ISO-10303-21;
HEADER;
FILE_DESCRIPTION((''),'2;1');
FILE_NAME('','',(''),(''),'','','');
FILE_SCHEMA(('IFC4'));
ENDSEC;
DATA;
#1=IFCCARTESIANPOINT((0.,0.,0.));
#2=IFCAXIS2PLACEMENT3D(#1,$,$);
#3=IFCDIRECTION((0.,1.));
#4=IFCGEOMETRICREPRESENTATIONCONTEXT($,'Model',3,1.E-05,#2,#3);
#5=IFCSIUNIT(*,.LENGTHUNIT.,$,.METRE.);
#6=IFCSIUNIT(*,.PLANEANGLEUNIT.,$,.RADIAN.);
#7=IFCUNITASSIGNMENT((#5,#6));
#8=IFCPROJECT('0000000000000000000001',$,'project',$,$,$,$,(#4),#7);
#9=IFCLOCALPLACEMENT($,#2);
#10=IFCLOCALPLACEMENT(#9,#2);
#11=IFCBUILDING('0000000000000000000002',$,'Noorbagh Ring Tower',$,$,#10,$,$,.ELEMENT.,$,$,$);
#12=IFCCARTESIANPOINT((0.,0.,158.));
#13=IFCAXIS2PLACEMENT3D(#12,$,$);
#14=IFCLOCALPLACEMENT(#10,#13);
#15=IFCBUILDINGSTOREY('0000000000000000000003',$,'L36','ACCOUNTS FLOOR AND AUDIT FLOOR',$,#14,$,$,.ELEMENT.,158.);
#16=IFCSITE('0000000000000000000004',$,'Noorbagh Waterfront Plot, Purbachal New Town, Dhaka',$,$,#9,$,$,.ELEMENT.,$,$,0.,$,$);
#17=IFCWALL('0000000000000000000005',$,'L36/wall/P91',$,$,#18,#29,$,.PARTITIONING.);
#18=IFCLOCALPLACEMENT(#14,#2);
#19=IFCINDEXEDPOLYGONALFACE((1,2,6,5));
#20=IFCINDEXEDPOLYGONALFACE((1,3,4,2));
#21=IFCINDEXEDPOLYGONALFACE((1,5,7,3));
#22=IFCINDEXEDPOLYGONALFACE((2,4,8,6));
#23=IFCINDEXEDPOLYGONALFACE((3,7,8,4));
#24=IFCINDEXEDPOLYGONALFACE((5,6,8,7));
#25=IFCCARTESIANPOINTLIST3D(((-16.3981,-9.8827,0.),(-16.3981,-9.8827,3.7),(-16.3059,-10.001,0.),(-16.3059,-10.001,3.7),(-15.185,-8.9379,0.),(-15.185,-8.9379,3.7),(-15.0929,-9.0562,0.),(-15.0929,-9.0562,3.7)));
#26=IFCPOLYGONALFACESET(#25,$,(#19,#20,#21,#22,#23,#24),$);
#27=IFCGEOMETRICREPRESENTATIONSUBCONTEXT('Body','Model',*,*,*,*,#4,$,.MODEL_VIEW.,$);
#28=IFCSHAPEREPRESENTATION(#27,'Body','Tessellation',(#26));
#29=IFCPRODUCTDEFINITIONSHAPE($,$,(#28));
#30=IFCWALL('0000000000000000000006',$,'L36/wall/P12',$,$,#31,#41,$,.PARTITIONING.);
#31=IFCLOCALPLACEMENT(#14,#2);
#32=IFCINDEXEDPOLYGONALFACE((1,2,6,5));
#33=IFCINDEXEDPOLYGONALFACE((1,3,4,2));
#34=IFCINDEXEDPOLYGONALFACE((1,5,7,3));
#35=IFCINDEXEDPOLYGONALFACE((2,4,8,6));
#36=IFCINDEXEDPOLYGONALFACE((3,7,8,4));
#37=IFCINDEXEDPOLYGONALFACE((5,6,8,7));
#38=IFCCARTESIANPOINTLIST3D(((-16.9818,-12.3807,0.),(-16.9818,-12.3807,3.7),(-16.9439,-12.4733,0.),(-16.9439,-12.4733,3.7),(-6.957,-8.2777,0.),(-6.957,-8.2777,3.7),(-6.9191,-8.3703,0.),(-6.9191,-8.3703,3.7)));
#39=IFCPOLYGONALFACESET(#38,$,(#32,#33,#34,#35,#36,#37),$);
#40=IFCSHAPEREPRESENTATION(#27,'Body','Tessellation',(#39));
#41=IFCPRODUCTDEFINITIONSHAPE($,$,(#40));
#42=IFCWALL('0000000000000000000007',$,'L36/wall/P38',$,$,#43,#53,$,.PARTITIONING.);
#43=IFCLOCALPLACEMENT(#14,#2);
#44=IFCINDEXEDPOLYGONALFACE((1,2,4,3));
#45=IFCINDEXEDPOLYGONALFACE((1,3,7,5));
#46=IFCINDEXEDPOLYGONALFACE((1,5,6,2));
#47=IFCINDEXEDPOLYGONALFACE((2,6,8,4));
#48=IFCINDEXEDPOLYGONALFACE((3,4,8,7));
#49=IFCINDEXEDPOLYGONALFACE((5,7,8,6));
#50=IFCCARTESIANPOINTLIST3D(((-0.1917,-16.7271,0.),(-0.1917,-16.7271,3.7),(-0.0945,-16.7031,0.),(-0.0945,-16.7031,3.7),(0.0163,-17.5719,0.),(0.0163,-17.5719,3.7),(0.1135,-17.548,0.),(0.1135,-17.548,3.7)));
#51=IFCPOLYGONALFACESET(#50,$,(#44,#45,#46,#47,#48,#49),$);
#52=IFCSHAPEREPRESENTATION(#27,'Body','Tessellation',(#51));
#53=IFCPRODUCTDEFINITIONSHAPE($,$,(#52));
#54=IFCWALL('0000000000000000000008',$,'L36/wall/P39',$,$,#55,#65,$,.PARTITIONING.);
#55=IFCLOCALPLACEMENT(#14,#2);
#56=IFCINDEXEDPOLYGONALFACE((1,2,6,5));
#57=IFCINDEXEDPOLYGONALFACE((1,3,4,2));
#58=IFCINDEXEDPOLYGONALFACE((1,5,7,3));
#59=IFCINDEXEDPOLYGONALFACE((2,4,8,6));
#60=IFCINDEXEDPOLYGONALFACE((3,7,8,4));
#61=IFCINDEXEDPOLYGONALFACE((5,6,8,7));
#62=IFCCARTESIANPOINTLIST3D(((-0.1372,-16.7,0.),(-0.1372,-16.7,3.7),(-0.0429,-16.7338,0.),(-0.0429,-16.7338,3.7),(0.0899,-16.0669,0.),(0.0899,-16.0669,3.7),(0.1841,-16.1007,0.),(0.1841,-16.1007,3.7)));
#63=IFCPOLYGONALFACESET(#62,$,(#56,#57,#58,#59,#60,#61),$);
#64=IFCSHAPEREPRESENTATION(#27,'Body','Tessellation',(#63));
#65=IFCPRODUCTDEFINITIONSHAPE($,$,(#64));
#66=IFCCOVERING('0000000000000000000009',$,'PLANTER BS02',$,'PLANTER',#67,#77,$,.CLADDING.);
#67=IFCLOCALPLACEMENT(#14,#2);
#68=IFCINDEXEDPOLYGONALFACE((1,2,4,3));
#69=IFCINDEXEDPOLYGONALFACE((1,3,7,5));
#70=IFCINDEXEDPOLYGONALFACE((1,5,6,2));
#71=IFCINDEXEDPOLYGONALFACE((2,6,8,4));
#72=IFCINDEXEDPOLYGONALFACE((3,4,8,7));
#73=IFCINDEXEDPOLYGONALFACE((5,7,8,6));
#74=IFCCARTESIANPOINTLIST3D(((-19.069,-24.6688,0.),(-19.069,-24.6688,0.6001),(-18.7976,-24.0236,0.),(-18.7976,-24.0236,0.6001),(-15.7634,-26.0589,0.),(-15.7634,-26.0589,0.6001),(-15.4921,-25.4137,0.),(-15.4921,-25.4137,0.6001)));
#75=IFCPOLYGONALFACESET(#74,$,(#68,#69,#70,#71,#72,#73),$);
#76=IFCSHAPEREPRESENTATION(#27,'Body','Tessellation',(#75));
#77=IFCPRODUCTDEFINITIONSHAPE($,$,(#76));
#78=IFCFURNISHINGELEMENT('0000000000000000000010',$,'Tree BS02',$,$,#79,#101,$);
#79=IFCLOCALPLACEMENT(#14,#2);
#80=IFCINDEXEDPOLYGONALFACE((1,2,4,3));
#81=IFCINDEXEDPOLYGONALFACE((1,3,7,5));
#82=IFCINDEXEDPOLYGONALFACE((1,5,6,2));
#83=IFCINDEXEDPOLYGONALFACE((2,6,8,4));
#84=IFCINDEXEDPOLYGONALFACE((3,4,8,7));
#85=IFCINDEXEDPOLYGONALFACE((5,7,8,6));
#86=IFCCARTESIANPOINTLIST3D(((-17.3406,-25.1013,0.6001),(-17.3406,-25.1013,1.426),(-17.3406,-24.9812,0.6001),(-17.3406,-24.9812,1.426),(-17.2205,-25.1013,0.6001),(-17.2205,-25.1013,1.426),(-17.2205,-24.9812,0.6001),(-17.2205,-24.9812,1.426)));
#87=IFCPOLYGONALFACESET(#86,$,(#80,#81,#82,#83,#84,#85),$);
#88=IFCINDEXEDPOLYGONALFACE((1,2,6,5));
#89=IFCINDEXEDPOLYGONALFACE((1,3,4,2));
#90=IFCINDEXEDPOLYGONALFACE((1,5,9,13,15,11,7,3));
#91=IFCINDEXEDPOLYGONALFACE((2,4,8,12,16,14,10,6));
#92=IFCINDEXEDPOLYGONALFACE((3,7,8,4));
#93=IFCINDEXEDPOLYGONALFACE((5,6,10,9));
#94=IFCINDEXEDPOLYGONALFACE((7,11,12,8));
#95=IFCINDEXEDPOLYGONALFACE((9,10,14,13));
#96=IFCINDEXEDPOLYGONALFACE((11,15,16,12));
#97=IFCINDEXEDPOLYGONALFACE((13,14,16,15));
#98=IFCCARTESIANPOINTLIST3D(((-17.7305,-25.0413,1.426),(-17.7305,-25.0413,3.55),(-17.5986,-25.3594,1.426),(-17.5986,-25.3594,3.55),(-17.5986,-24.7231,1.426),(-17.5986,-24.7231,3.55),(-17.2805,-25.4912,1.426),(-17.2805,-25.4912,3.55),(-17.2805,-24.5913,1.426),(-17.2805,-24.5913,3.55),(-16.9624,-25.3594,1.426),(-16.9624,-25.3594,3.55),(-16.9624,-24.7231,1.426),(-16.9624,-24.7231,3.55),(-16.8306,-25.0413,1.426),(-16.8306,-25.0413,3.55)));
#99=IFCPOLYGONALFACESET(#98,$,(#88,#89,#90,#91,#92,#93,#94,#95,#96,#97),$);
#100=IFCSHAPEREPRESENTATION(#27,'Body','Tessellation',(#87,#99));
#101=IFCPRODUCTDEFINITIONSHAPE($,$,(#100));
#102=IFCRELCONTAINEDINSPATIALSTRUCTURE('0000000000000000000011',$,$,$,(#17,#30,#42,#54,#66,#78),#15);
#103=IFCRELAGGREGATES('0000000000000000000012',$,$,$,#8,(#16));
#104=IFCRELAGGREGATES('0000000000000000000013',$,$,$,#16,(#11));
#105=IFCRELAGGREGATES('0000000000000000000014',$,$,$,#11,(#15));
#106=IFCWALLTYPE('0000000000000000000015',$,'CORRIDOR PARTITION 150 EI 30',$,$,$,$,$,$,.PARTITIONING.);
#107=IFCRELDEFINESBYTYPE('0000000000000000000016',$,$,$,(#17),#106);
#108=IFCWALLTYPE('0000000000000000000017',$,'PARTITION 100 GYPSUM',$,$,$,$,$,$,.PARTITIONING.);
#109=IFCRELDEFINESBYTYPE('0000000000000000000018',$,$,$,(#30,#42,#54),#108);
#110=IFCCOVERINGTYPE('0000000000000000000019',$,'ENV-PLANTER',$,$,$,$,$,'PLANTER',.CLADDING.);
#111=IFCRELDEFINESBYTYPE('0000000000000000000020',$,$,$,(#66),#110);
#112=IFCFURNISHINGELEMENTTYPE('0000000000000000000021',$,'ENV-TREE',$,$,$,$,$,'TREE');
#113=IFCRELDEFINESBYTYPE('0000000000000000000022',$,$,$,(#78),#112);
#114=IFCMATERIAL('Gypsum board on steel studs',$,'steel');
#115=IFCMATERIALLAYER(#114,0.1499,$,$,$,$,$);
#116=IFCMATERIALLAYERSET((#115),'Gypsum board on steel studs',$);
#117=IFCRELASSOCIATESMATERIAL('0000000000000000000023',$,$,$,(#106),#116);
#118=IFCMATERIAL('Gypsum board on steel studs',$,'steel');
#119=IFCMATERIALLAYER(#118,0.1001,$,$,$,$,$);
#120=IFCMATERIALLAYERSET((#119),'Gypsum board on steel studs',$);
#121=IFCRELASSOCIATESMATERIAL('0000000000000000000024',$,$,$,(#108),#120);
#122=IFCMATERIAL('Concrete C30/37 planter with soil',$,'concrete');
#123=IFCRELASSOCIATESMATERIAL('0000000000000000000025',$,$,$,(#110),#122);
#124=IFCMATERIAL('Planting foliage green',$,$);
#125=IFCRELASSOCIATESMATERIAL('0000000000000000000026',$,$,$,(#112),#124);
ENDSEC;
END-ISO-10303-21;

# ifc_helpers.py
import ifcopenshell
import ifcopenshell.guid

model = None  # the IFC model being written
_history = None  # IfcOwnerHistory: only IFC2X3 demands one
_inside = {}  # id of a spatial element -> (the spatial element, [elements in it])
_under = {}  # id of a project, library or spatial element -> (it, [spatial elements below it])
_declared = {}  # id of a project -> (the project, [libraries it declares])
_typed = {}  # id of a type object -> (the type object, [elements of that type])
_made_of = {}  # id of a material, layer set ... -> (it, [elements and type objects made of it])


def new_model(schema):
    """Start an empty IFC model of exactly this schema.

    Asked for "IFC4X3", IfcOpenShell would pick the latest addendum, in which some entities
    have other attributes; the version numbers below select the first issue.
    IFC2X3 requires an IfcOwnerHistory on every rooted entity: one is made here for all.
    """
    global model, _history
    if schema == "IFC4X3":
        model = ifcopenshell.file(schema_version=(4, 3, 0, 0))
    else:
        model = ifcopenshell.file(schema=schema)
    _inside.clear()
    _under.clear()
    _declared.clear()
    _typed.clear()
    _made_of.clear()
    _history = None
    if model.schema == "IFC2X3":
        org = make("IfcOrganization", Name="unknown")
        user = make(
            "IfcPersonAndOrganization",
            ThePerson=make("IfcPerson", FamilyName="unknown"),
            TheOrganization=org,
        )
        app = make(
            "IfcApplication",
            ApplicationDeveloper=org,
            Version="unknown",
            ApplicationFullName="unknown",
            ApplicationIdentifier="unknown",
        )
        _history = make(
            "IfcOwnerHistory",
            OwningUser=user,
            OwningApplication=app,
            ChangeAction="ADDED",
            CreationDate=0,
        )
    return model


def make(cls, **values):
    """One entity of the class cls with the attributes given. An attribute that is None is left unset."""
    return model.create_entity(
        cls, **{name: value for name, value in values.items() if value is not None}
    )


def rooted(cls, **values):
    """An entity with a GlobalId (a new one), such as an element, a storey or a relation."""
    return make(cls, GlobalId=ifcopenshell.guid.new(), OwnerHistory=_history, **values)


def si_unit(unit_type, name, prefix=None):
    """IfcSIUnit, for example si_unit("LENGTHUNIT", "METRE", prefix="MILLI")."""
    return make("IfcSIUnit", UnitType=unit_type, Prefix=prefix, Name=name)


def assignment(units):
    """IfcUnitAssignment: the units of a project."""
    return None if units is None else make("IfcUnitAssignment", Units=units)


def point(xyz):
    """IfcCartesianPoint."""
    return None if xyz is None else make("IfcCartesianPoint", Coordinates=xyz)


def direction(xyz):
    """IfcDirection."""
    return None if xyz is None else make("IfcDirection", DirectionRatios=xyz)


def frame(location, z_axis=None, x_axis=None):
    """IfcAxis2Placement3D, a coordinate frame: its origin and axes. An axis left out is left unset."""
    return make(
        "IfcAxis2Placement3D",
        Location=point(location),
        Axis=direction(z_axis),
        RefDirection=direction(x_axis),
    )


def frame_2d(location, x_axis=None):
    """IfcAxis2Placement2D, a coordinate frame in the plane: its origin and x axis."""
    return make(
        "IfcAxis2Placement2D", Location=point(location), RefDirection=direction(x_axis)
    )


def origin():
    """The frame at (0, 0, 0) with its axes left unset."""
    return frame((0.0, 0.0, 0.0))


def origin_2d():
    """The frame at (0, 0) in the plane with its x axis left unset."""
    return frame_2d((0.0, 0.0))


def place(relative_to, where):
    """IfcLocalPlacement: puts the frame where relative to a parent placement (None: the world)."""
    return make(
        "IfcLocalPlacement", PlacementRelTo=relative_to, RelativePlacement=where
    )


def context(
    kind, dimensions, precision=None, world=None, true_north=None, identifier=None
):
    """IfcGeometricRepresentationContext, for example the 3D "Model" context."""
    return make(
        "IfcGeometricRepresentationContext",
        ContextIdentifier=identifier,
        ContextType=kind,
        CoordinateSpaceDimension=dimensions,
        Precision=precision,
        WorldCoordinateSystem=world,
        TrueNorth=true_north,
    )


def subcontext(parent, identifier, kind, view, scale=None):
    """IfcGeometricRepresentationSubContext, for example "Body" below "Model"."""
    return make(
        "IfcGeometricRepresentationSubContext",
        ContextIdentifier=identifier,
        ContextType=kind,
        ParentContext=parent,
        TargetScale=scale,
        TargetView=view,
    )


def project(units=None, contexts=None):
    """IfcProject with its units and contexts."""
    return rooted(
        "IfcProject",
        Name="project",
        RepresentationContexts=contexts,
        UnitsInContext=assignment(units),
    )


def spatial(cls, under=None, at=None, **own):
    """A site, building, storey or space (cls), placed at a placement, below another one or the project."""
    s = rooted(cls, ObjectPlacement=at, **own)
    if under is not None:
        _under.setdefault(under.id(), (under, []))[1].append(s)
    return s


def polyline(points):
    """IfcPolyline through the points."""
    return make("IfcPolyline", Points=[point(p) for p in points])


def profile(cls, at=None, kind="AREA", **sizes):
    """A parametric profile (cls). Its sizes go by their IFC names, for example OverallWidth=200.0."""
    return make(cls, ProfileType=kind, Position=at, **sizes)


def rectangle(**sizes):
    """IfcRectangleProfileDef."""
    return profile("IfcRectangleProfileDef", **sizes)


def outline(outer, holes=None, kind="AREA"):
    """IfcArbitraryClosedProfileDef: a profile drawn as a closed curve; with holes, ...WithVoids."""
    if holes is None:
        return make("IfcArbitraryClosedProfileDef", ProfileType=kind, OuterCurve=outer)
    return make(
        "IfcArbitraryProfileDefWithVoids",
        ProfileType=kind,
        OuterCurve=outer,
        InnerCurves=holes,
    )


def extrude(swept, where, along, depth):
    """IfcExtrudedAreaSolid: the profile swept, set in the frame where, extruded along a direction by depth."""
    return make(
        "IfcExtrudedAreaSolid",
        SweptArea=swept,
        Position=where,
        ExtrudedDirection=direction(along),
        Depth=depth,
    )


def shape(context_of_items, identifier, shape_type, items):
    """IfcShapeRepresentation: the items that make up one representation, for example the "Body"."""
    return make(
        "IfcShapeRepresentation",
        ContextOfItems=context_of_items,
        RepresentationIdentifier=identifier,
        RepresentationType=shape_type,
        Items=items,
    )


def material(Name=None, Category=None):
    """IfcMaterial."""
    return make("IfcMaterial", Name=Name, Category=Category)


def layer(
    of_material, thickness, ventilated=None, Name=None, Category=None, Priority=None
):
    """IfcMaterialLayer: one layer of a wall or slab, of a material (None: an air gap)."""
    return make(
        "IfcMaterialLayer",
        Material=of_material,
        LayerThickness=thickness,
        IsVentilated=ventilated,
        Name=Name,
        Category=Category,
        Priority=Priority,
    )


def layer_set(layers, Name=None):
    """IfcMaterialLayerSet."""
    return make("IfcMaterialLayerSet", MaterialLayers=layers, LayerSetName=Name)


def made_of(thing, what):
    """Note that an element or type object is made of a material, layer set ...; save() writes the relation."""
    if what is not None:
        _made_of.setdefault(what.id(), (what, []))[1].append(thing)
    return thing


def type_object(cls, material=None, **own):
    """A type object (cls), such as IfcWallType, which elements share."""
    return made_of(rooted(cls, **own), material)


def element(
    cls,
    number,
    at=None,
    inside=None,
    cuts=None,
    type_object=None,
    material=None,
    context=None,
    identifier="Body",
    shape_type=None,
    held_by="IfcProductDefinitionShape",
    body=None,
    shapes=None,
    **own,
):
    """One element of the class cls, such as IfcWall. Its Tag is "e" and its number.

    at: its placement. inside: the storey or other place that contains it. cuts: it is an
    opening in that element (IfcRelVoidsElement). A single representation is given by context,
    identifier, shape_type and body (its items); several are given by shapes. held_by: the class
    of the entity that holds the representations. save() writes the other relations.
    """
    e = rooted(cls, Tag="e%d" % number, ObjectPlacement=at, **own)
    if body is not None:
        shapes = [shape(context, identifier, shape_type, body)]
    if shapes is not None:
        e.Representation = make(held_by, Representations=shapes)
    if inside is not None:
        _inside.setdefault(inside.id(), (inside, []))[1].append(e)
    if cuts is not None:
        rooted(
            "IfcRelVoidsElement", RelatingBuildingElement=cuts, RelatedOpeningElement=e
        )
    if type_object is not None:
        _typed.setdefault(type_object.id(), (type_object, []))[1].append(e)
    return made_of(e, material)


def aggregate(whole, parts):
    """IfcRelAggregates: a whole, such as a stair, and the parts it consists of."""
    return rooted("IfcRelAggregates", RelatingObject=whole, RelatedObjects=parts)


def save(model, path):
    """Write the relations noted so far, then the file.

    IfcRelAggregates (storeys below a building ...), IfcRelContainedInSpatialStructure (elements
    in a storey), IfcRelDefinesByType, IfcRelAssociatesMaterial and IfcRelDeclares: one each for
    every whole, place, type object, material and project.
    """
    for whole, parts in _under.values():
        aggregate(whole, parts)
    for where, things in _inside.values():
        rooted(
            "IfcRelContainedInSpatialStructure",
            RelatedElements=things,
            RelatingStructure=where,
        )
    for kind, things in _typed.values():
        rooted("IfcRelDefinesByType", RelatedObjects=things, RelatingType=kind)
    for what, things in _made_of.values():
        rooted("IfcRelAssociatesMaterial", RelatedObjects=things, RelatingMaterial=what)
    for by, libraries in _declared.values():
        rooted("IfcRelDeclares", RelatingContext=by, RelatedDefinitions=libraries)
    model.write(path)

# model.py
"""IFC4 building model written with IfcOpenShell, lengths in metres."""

from ifc_helpers import new_model, si_unit, direction, frame, frame_2d, origin, origin_2d, place, context, subcontext, project, spatial, polyline, rectangle, outline, extrude, material, layer, layer_set, type_object, element, save


model = new_model("IFC4")

# Units and contexts
model_context = context("Model", 3, precision=1e-05, world=origin(), true_north=direction((0.0, 1.0)))
body_context = subcontext(model_context, "Body", "Model", "MODEL_VIEW")
ifc_project = project(units=[si_unit("LENGTHUNIT", "METRE"), si_unit("PLANEANGLEUNIT", "RADIAN")], contexts=[model_context])

# Site, building, storey
site_placement = place(None, origin())
site = spatial("IfcSite", under=ifc_project, at=site_placement, Name="Noorbagh Waterfront Plot, Purbachal New Town, Dhaka", CompositionType="ELEMENT", RefElevation=0.0)
building_placement = place(site_placement, origin())
building = spatial("IfcBuilding", under=site, at=building_placement, Name="Noorbagh Ring Tower", CompositionType="ELEMENT")
storey_placement = place(building_placement, frame((0.0, 0.0, 158.0)))
storey = spatial("IfcBuildingStorey", under=building, at=storey_placement, Name="L36", Description="ACCOUNTS FLOOR AND AUDIT FLOOR", CompositionType="ELEMENT", Elevation=158.0)

# Walls
ifc_material_1 = material(Name="Gypsum board on steel studs", Category="steel")
ifc_layer_1 = layer(ifc_material_1, 0.1499)
ifc_layer_set_1 = layer_set([ifc_layer_1], Name="Gypsum board on steel studs")
wall_type_1 = type_object("IfcWallType", Name="CORRIDOR PARTITION 150 EI 30", PredefinedType="PARTITIONING", material=ifc_layer_set_1)
wall_1_placement = place(storey_placement, frame((-15.1389, -8.9971, 0.0), z_axis=(0.0, 0.0, 1.0), x_axis=(-0.78895, -0.614457, 0.0)))
element("IfcWall", 1, at=wall_1_placement, inside=storey, type_object=wall_type_1, Name="L36/wall/P91", PredefinedType="PARTITIONING", context=body_context, shape_type="SweptSolid", body=[
    extrude(rectangle(XDim=1.5376, YDim=0.1499, at=frame_2d((0.7688, 0.0))), origin(), (0.0, 0.0, 1.0), 3.7),
])
ifc_material_2 = material(Name="Gypsum board on steel studs", Category="steel")
ifc_layer_2 = layer(ifc_material_2, 0.1001)
ifc_layer_set_2 = layer_set([ifc_layer_2], Name="Gypsum board on steel studs")
wall_type_2 = type_object("IfcWallType", Name="PARTITION 100 GYPSUM", PredefinedType="PARTITIONING", material=ifc_layer_set_2)
wall_2_placement = place(storey_placement, frame((-16.9629, -12.427, 0.0), z_axis=(0.0, 0.0, 1.0), x_axis=(0.925484, 0.378786, 0.0)))
element("IfcWall", 2, at=wall_2_placement, inside=storey, type_object=wall_type_2, Name="L36/wall/P12", PredefinedType="PARTITIONING", context=body_context, shape_type="SweptSolid", body=[
    extrude(rectangle(XDim=10.832, YDim=0.1001, at=frame_2d((5.416, 0.0))), origin(), (0.0, 0.0, 1.0), 3.7),
])
wall_3_placement = place(storey_placement, frame((-0.1431, -16.7151, 0.0), z_axis=(0.0, 0.0, 1.0), x_axis=(0.239035, -0.971011, 0.0)))
element("IfcWall", 3, at=wall_3_placement, inside=storey, type_object=wall_type_2, Name="L36/wall/P38", PredefinedType="PARTITIONING", context=body_context, shape_type="SweptSolid", body=[
    extrude(rectangle(XDim=0.8701, YDim=0.1001, at=frame_2d((0.4351, 0.0))), origin(), (0.0, 0.0, 1.0), 3.7),
])
wall_4_placement = place(storey_placement, frame((-0.0901, -16.717, 0.0), z_axis=(0.0, 0.0, 1.0), x_axis=(0.337601, 0.941289, 0.0)))
element("IfcWall", 4, at=wall_4_placement, inside=storey, type_object=wall_type_2, Name="L36/wall/P39", PredefinedType="PARTITIONING", context=body_context, shape_type="SweptSolid", body=[
    extrude(rectangle(XDim=0.6726, YDim=0.1001, at=frame_2d((0.3364, 0.0))), origin(), (0.0, 0.0, 1.0), 3.7),
])

# Covering
ifc_material_3 = material(Name="Concrete C30/37 planter with soil", Category="concrete")
covering_type = type_object("IfcCoveringType", Name="ENV-PLANTER", ElementType="PLANTER", PredefinedType="CLADDING", material=ifc_material_3)
covering_placement = place(storey_placement, frame((-17.2805, -25.0413, 0.0), z_axis=(0.0, 0.0, 1.0), x_axis=(0.921812, -0.387638, 0.0)))
element("IfcCovering", 5, at=covering_placement, inside=storey, type_object=covering_type, Name="PLANTER BS02", ObjectType="PLANTER", PredefinedType="CLADDING", context=body_context, shape_type="SweptSolid", body=[
    extrude(rectangle(XDim=3.5859, YDim=0.7, at=origin_2d()), origin(), (0.0, 0.0, 1.0), 0.6001),
])

# Furnishing element
ifc_material_4 = material(Name="Planting foliage green")
furnishing_element_type = type_object("IfcFurnishingElementType", Name="ENV-TREE", ElementType="TREE", material=ifc_material_4)
furnishing_placement = place(storey_placement, frame((-17.2805, -25.0413, 0.6001), z_axis=(0.0, 0.0, 1.0), x_axis=(1.0, 0.0, 0.0)))
element("IfcFurnishingElement", 6, at=furnishing_placement, inside=storey, type_object=furnishing_element_type, Name="Tree BS02", context=body_context, shape_type="SweptSolid", body=[
    extrude(rectangle(XDim=0.1201, YDim=0.1201, at=origin_2d()), origin(), (0.0, 0.0, 1.0), 0.8259),
    extrude(outline(polyline([(0.45, 0.0), (0.3181, 0.3181), (0.0, 0.45), (-0.3181, 0.3181), (-0.45, 0.0), (-0.3181, -0.3181), (0.0, -0.45), (0.3181, -0.3181), (0.45, 0.0)])), frame((0.0, 0.0, 0.8259)), (0.0, 0.0, 1.0), 2.124),
])

save(model, "model.ifc")
